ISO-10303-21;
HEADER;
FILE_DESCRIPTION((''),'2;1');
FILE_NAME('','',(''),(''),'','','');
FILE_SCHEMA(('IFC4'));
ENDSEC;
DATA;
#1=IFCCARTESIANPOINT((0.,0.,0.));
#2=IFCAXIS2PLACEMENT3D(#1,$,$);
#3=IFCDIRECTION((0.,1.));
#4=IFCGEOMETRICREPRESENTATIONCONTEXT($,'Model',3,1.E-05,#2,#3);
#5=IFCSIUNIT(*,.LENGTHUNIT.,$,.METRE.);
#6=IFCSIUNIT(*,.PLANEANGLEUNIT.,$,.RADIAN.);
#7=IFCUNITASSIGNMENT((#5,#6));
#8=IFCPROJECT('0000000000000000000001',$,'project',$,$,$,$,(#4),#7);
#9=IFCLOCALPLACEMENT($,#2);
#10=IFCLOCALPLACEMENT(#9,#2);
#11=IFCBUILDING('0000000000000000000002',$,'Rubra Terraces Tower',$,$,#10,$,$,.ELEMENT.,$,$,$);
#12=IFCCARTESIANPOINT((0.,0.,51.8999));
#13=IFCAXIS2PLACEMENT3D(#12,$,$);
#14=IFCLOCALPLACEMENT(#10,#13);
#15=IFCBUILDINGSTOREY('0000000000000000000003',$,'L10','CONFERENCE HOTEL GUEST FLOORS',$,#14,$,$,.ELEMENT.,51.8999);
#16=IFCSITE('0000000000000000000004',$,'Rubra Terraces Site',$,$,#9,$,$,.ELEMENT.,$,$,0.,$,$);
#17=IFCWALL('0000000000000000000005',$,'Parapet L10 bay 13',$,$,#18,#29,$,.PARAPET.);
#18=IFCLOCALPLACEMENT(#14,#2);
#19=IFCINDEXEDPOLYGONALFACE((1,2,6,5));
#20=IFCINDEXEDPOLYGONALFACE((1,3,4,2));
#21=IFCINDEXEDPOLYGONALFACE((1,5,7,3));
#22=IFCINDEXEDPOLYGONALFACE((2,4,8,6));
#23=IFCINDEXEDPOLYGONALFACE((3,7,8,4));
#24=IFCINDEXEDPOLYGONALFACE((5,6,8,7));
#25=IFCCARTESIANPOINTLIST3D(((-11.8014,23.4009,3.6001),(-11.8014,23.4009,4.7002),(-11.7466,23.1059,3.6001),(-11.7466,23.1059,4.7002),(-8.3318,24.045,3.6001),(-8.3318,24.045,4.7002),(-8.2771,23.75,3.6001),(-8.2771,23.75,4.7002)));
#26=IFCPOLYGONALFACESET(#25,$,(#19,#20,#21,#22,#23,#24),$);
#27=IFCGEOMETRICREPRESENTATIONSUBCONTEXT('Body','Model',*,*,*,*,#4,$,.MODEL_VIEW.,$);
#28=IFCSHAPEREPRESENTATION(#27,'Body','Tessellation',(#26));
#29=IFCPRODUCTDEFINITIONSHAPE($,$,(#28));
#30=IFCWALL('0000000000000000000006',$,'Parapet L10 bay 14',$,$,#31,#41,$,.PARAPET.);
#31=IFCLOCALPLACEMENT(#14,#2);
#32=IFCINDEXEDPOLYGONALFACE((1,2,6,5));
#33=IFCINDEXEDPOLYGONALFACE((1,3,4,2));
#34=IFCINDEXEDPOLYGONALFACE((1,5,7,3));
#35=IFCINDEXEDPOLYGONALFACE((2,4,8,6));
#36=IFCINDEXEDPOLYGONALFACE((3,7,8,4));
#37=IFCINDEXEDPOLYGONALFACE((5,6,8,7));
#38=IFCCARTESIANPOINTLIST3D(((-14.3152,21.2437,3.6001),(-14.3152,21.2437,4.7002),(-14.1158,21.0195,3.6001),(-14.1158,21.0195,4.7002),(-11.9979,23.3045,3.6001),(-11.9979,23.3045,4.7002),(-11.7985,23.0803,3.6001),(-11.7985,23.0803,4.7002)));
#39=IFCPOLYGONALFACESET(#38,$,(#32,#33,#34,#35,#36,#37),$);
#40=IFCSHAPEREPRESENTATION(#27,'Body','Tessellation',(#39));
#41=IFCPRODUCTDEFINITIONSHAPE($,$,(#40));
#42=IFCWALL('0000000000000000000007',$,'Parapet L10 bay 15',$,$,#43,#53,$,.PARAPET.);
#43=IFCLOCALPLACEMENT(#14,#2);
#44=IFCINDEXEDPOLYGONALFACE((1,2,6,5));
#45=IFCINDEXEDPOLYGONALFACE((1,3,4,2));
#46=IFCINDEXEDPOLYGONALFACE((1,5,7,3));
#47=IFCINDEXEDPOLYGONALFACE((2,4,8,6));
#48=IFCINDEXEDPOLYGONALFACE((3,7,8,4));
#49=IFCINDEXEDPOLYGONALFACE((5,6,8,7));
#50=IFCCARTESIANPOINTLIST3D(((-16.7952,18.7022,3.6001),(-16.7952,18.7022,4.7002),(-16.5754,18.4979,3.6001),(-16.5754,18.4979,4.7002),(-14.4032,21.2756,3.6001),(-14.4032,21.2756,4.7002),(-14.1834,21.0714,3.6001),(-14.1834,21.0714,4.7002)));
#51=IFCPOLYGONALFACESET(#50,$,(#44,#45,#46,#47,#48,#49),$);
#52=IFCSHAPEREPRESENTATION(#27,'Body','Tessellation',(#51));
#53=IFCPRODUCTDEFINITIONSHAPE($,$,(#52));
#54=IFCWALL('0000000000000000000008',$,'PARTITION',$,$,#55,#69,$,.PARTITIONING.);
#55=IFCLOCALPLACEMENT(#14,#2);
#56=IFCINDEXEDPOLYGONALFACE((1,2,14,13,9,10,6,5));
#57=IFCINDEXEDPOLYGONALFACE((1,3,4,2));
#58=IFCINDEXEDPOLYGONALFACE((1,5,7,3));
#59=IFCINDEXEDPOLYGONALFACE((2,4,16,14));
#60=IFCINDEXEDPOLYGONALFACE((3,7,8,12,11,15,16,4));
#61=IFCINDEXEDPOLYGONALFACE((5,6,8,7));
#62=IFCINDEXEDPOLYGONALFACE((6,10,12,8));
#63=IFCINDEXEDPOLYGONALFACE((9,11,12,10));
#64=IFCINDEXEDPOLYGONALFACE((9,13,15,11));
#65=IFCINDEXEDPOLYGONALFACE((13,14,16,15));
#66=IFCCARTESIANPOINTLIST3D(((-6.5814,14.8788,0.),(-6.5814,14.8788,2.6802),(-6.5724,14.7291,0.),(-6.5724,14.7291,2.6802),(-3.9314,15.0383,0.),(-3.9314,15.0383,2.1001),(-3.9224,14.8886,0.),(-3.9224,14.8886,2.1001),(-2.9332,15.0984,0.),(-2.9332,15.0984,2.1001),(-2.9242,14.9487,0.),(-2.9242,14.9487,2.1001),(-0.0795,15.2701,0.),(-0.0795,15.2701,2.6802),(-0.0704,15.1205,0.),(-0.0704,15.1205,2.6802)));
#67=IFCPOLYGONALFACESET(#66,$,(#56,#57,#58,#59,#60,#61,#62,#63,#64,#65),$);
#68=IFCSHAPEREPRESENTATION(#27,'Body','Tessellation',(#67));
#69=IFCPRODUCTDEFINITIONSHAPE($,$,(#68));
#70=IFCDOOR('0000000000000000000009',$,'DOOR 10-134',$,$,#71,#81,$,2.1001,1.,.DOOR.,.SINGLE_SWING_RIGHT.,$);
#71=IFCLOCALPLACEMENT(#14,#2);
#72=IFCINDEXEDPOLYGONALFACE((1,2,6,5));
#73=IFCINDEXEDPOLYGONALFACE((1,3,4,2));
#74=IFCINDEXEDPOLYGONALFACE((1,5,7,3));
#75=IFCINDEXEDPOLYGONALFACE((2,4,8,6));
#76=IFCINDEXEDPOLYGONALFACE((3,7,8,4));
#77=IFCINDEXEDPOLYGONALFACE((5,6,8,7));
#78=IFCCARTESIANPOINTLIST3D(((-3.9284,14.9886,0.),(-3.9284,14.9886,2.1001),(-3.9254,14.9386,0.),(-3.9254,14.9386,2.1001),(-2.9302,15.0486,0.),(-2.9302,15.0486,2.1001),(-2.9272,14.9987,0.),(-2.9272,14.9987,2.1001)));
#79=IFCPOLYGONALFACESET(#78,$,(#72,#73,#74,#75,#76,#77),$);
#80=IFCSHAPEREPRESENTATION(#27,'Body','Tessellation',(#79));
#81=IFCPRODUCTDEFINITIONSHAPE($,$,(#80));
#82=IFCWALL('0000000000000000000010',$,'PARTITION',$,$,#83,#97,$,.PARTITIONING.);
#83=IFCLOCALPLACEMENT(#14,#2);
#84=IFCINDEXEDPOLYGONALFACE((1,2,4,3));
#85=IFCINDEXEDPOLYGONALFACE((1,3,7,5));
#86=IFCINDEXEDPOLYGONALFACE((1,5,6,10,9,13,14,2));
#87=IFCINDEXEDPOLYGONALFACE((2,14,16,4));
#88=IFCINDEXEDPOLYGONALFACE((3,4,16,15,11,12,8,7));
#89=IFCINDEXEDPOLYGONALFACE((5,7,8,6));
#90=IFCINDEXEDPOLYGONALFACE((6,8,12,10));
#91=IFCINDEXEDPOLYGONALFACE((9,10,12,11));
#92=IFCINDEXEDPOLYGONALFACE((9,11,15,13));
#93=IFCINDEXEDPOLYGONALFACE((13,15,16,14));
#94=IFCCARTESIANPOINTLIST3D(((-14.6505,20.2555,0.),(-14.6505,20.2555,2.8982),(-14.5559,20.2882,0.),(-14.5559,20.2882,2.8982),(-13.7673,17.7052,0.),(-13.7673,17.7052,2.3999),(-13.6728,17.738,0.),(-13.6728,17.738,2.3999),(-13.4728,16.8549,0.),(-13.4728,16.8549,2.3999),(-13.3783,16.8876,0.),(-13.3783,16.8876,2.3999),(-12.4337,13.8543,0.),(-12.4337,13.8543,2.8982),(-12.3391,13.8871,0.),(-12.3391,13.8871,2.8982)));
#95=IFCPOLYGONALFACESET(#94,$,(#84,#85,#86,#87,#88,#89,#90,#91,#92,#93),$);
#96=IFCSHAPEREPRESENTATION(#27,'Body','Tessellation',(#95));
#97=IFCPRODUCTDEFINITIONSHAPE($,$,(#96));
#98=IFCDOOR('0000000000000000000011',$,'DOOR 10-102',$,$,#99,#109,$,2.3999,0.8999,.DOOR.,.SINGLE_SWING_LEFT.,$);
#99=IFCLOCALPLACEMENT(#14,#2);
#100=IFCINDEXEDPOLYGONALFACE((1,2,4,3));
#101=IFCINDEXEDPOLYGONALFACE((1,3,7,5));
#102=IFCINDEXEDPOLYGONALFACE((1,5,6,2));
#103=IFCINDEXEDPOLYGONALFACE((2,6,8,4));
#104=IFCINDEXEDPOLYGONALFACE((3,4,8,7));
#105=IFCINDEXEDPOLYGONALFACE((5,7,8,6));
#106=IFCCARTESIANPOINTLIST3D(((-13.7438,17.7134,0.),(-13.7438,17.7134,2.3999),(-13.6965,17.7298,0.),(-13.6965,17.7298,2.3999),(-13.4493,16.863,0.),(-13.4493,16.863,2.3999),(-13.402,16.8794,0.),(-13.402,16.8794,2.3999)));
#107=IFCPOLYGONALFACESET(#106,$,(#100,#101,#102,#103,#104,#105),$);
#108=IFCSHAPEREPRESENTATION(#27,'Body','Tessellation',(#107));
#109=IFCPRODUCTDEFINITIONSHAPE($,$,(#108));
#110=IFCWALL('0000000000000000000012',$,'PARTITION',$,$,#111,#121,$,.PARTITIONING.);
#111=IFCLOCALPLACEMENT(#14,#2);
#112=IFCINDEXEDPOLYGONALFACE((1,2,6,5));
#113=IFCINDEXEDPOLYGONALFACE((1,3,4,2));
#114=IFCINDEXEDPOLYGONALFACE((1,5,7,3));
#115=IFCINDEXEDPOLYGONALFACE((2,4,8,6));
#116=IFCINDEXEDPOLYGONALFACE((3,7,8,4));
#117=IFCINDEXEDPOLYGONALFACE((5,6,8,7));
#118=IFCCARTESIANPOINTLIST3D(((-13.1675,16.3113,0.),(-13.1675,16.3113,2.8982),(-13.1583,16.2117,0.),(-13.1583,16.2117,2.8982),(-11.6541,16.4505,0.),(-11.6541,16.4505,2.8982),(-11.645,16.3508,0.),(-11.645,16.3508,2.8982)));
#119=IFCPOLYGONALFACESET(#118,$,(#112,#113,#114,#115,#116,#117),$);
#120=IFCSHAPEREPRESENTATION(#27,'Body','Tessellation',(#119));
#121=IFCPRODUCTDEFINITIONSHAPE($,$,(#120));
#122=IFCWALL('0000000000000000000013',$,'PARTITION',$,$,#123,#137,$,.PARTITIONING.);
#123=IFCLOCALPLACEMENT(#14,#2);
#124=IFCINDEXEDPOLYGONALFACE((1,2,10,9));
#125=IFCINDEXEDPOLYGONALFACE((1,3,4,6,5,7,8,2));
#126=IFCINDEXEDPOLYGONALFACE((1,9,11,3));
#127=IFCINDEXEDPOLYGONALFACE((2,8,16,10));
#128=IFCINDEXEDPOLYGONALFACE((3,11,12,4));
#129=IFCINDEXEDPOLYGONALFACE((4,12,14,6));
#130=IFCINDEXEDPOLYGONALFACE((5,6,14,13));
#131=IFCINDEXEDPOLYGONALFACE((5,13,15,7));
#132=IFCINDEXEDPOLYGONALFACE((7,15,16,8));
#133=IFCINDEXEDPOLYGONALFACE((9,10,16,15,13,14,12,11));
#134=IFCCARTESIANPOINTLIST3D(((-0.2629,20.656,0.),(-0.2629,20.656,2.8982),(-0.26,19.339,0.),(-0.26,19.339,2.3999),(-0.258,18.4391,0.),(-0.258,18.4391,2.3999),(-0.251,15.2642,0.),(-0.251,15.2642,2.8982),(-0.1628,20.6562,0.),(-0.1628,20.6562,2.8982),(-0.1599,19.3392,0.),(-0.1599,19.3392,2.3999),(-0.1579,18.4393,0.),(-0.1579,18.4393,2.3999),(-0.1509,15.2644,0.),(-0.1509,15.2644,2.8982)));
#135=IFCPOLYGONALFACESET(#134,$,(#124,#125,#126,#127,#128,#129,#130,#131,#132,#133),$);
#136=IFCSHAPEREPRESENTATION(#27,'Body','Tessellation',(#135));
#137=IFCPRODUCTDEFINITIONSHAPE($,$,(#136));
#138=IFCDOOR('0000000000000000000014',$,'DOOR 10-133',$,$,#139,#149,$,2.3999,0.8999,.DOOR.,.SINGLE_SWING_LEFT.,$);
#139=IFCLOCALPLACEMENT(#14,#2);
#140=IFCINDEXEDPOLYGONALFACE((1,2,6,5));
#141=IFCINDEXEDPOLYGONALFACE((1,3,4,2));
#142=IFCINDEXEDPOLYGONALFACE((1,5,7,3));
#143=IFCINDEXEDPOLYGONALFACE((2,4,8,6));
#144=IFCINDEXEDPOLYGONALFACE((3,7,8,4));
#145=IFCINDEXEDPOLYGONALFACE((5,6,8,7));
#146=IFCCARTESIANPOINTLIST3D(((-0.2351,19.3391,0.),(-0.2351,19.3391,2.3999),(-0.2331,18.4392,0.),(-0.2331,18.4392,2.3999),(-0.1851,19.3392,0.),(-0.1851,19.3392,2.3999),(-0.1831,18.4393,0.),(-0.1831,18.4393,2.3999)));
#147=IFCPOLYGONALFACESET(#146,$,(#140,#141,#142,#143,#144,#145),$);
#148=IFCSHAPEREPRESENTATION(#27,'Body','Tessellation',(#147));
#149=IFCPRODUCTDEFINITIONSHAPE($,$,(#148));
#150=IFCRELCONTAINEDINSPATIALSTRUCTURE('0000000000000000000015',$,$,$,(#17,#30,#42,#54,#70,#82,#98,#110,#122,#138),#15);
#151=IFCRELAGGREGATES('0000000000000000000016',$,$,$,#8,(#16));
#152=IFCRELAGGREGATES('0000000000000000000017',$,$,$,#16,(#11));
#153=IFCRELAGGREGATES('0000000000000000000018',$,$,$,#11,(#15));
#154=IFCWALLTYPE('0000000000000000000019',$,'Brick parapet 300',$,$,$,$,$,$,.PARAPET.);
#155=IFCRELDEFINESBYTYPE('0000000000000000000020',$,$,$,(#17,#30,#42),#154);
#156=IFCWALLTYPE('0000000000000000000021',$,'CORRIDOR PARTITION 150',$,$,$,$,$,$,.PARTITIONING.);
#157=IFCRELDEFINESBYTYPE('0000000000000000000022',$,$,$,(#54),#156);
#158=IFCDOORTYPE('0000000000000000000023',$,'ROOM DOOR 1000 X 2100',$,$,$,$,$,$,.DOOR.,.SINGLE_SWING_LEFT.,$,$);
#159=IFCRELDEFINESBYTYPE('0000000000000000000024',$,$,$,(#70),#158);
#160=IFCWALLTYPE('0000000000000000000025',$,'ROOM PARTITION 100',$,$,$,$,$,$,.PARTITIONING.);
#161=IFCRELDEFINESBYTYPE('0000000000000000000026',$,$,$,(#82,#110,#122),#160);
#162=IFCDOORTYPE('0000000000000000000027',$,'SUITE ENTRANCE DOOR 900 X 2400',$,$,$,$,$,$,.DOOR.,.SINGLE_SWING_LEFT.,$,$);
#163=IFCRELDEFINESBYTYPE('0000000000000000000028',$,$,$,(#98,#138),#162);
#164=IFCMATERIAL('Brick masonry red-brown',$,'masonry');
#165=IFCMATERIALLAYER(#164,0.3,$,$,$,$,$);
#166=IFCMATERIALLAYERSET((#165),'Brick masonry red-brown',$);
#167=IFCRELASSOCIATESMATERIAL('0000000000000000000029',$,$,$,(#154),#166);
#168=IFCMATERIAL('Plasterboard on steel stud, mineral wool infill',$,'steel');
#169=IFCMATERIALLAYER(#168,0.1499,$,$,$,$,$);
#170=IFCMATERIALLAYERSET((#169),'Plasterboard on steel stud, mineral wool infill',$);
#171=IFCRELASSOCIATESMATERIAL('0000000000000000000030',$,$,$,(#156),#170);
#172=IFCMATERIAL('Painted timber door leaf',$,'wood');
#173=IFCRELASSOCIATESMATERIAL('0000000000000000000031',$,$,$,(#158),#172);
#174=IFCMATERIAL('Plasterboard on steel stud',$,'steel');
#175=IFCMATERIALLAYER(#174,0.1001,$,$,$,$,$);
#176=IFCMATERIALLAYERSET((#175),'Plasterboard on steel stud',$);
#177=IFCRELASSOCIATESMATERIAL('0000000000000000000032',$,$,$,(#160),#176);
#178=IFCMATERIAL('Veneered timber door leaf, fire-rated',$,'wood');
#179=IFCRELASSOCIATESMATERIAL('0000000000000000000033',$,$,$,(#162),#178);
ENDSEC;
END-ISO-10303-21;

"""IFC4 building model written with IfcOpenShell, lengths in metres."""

from ifc_helpers import new_model, si_unit, direction, frame, frame_2d, origin, place, context, subcontext, project, spatial, rectangle, extrude, material, layer, layer_set, type_object, element, fill, save


model = new_model("IFC4")

# Units and contexts
model_context = context("Model", 3, precision=1e-05, world=origin(), true_north=direction((0.0, 1.0)))
body_context = subcontext(model_context, "Body", "Model", "MODEL_VIEW")
ifc_project = project(units=[si_unit("LENGTHUNIT", "METRE"), si_unit("PLANEANGLEUNIT", "RADIAN")], contexts=[model_context])

# Site, building, storey
site_placement = place(None, origin())
site = spatial("IfcSite", under=ifc_project, at=site_placement, Name="Rubra Terraces Site", CompositionType="ELEMENT", RefElevation=0.0)
building_placement = place(site_placement, origin())
building = spatial("IfcBuilding", under=site, at=building_placement, Name="Rubra Terraces Tower", CompositionType="ELEMENT")
storey_placement = place(building_placement, frame((0.0, 0.0, 51.8999)))
storey = spatial("IfcBuildingStorey", under=building, at=storey_placement, Name="L10", Description="CONFERENCE HOTEL GUEST FLOORS", CompositionType="ELEMENT", Elevation=51.8999)

# Shared definitions
ifc_material_1 = material(Name="Brick masonry red-brown", Category="masonry")

# Walls
ifc_layer_1 = layer(ifc_material_1, 0.3)
ifc_layer_set_1 = layer_set([ifc_layer_1], Name="Brick masonry red-brown")
wall_type_1 = type_object("IfcWallType", Name="Brick parapet 300", PredefinedType="PARAPET", material=ifc_layer_set_1)
wall_1_placement = place(storey_placement, frame((-8.3044, 23.8975, 3.6001), z_axis=(0.0, 0.0, 1.0), x_axis=(-0.983203, -0.182513, 0.0)))
element("IfcWall", 1, at=wall_1_placement, inside=storey, type_object=wall_type_1, Name="Parapet L10 bay 13", PredefinedType="PARAPET", context=body_context, shape_type="SweptSolid", body=[
    extrude(rectangle(XDim=3.5288, YDim=0.3, at=frame_2d((1.7644, 0.0))), origin(), (0.0, 0.0, 1.0), 1.1001),
])
wall_2_placement = place(storey_placement, frame((-11.8982, 23.1924, 3.6001), z_axis=(0.0, 0.0, 1.0), x_axis=(-0.747266, -0.664525, 0.0)))
element("IfcWall", 2, at=wall_2_placement, inside=storey, type_object=wall_type_1, Name="Parapet L10 bay 14", PredefinedType="PARAPET", context=body_context, shape_type="SweptSolid", body=[
    extrude(rectangle(XDim=3.1011, YDim=0.3, at=frame_2d((1.5505, 0.0))), origin(), (0.0, 0.0, 1.0), 1.1001),
])
wall_3_placement = place(storey_placement, frame((-14.2932, 21.1736, 3.6001), z_axis=(0.0, 0.0, 1.0), x_axis=(-0.680821, -0.732449, 0.0)))
element("IfcWall", 3, at=wall_3_placement, inside=storey, type_object=wall_type_1, Name="Parapet L10 bay 15", PredefinedType="PARAPET", context=body_context, shape_type="SweptSolid", body=[
    extrude(rectangle(XDim=3.5134, YDim=0.3, at=frame_2d((1.7568, 0.0))), origin(), (0.0, 0.0, 1.0), 1.1001),
])

# Walls, openings, doors
ifc_material_2 = material(Name="Plasterboard on steel stud, mineral wool infill", Category="steel")
ifc_layer_2 = layer(ifc_material_2, 0.1499)
ifc_layer_set_2 = layer_set([ifc_layer_2], Name="Plasterboard on steel stud, mineral wool infill")
wall_type_2 = type_object("IfcWallType", Name="CORRIDOR PARTITION 150", PredefinedType="PARTITIONING", material=ifc_layer_set_2)
wall_4_placement = place(storey_placement, frame((-0.075, 15.1953, 0.0), z_axis=(0.0, 0.0, 1.0), x_axis=(-0.998193, -0.060082, 0.0)))
wall_4 = element("IfcWall", 4, at=wall_4_placement, inside=storey, type_object=wall_type_2, Name="PARTITION", PredefinedType="PARTITIONING", context=body_context, shape_type="SweptSolid", body=[
    extrude(rectangle(XDim=6.5137, YDim=0.1499, at=frame_2d((3.2568, 0.0))), origin(), (0.0, 0.0, 1.0), 2.6802),
])
opening_1_placement = place(wall_4_placement, frame((2.8589, 0.0, 0.0)))
opening_1 = element("IfcOpeningElement", 5, at=opening_1_placement, cuts=wall_4, PredefinedType="OPENING", context=body_context, shape_type="SweptSolid", body=[
    extrude(rectangle(XDim=1.0, YDim=2.1001, at=frame_2d((0.5, 1.05))), frame((0.0, 0.085, 0.0), z_axis=(0.0, -1.0, 0.0), x_axis=(1.0, 0.0, 0.0)), (0.0, 0.0, 1.0), 0.1699),
])
ifc_material_3 = material(Name="Painted timber door leaf", Category="wood")
door_type_1 = type_object("IfcDoorType", Name="ROOM DOOR 1000 X 2100", OperationType="SINGLE_SWING_LEFT", PredefinedType="DOOR", material=ifc_material_3)
door_1_placement = place(opening_1_placement, origin())
door_1 = element("IfcDoor", 6, at=door_1_placement, inside=storey, type_object=door_type_1, Name="DOOR 10-134", OperationType="SINGLE_SWING_RIGHT", OverallHeight=2.1001, OverallWidth=1.0, PredefinedType="DOOR", context=body_context, shape_type="SweptSolid", body=[
    extrude(rectangle(XDim=1.0, YDim=2.1001, at=frame_2d((0.5, 1.05))), frame((0.0, 0.0249, 0.0), z_axis=(0.0, -1.0, 0.0), x_axis=(1.0, 0.0, 0.0)), (0.0, 0.0, 1.0), 0.05),
])
fill(opening_1, door_1)
ifc_material_4 = material(Name="Plasterboard on steel stud", Category="steel")
ifc_layer_3 = layer(ifc_material_4, 0.1001)
ifc_layer_set_3 = layer_set([ifc_layer_3], Name="Plasterboard on steel stud")
wall_type_3 = type_object("IfcWallType", Name="ROOM PARTITION 100", PredefinedType="PARTITIONING", material=ifc_layer_set_3)
wall_5_placement = place(storey_placement, frame((-14.6033, 20.272, 0.0), z_axis=(0.0, 0.0, 1.0), x_axis=(0.327245, -0.944939, 0.0)))
wall_5 = element("IfcWall", 7, at=wall_5_placement, inside=storey, type_object=wall_type_3, Name="PARTITION", PredefinedType="PARTITIONING", context=body_context, shape_type="SweptSolid", body=[
    extrude(rectangle(XDim=6.7742, YDim=0.1001, at=frame_2d((3.3872, 0.0))), origin(), (0.0, 0.0, 1.0), 2.8982),
])
opening_2_placement = place(wall_5_placement, frame((2.699, 0.0, 0.0)))
opening_2 = element("IfcOpeningElement", 8, at=opening_2_placement, cuts=wall_5, PredefinedType="OPENING", context=body_context, shape_type="SweptSolid", body=[
    extrude(rectangle(XDim=0.8999, YDim=2.3999, at=frame_2d((0.45, 1.2))), frame((0.0, 0.0601, 0.0), z_axis=(0.0, -1.0, 0.0), x_axis=(1.0, 0.0, 0.0)), (0.0, 0.0, 1.0), 0.1201),
])
ifc_material_5 = material(Name="Veneered timber door leaf, fire-rated", Category="wood")
door_type_2 = type_object("IfcDoorType", Name="SUITE ENTRANCE DOOR 900 X 2400", OperationType="SINGLE_SWING_LEFT", PredefinedType="DOOR", material=ifc_material_5)
door_2_placement = place(opening_2_placement, origin())
door_2 = element("IfcDoor", 9, at=door_2_placement, inside=storey, type_object=door_type_2, Name="DOOR 10-102", OperationType="SINGLE_SWING_LEFT", OverallHeight=2.3999, OverallWidth=0.8999, PredefinedType="DOOR", context=body_context, shape_type="SweptSolid", body=[
    extrude(rectangle(XDim=0.8999, YDim=2.3999, at=frame_2d((0.45, 1.2))), frame((0.0, 0.0249, 0.0), z_axis=(0.0, -1.0, 0.0), x_axis=(1.0, 0.0, 0.0)), (0.0, 0.0, 1.0), 0.05),
])
fill(opening_2, door_2)

# Wall
wall_6_placement = place(storey_placement, frame((-11.6497, 16.4006, 0.0), z_axis=(0.0, 0.0, 1.0), x_axis=(-0.995799, -0.091564, 0.0)))
element("IfcWall", 10, at=wall_6_placement, inside=storey, type_object=wall_type_3, Name="PARTITION", PredefinedType="PARTITIONING", context=body_context, shape_type="SweptSolid", body=[
    extrude(rectangle(XDim=1.5198, YDim=0.1001, at=frame_2d((0.7598, 0.0))), origin(), (0.0, 0.0, 1.0), 2.8982),
])

# Wall, opening, door
wall_7_placement = place(storey_placement, frame((-0.2129, 20.656, 0.0), z_axis=(0.0, 0.0, 1.0), x_axis=(0.002219, -0.999998, 0.0)))
wall_7 = element("IfcWall", 11, at=wall_7_placement, inside=storey, type_object=wall_type_3, Name="PARTITION", PredefinedType="PARTITIONING", context=body_context, shape_type="SweptSolid", body=[
    extrude(rectangle(XDim=5.3918, YDim=0.1001, at=frame_2d((2.6958, 0.0))), origin(), (0.0, 0.0, 1.0), 2.8982),
])
opening_3_placement = place(wall_7_placement, frame((1.3169, 0.0, 0.0)))
opening_3 = element("IfcOpeningElement", 12, at=opening_3_placement, cuts=wall_7, PredefinedType="OPENING", context=body_context, shape_type="SweptSolid", body=[
    extrude(rectangle(XDim=0.8999, YDim=2.3999, at=frame_2d((0.45, 1.2))), frame((0.0, 0.0601, 0.0), z_axis=(0.0, -1.0, 0.0), x_axis=(1.0, 0.0, 0.0)), (0.0, 0.0, 1.0), 0.1201),
])
door_3_placement = place(opening_3_placement, origin())
door_3 = element("IfcDoor", 13, at=door_3_placement, inside=storey, type_object=door_type_2, Name="DOOR 10-133", OperationType="SINGLE_SWING_LEFT", OverallHeight=2.3999, OverallWidth=0.8999, PredefinedType="DOOR", context=body_context, shape_type="SweptSolid", body=[
    extrude(rectangle(XDim=0.8999, YDim=2.3999, at=frame_2d((0.45, 1.2))), frame((0.0, 0.0249, 0.0), z_axis=(0.0, -1.0, 0.0), x_axis=(1.0, 0.0, 0.0)), (0.0, 0.0, 1.0), 0.05),
])
fill(opening_3, door_3)

save(model, "model.ifc")
